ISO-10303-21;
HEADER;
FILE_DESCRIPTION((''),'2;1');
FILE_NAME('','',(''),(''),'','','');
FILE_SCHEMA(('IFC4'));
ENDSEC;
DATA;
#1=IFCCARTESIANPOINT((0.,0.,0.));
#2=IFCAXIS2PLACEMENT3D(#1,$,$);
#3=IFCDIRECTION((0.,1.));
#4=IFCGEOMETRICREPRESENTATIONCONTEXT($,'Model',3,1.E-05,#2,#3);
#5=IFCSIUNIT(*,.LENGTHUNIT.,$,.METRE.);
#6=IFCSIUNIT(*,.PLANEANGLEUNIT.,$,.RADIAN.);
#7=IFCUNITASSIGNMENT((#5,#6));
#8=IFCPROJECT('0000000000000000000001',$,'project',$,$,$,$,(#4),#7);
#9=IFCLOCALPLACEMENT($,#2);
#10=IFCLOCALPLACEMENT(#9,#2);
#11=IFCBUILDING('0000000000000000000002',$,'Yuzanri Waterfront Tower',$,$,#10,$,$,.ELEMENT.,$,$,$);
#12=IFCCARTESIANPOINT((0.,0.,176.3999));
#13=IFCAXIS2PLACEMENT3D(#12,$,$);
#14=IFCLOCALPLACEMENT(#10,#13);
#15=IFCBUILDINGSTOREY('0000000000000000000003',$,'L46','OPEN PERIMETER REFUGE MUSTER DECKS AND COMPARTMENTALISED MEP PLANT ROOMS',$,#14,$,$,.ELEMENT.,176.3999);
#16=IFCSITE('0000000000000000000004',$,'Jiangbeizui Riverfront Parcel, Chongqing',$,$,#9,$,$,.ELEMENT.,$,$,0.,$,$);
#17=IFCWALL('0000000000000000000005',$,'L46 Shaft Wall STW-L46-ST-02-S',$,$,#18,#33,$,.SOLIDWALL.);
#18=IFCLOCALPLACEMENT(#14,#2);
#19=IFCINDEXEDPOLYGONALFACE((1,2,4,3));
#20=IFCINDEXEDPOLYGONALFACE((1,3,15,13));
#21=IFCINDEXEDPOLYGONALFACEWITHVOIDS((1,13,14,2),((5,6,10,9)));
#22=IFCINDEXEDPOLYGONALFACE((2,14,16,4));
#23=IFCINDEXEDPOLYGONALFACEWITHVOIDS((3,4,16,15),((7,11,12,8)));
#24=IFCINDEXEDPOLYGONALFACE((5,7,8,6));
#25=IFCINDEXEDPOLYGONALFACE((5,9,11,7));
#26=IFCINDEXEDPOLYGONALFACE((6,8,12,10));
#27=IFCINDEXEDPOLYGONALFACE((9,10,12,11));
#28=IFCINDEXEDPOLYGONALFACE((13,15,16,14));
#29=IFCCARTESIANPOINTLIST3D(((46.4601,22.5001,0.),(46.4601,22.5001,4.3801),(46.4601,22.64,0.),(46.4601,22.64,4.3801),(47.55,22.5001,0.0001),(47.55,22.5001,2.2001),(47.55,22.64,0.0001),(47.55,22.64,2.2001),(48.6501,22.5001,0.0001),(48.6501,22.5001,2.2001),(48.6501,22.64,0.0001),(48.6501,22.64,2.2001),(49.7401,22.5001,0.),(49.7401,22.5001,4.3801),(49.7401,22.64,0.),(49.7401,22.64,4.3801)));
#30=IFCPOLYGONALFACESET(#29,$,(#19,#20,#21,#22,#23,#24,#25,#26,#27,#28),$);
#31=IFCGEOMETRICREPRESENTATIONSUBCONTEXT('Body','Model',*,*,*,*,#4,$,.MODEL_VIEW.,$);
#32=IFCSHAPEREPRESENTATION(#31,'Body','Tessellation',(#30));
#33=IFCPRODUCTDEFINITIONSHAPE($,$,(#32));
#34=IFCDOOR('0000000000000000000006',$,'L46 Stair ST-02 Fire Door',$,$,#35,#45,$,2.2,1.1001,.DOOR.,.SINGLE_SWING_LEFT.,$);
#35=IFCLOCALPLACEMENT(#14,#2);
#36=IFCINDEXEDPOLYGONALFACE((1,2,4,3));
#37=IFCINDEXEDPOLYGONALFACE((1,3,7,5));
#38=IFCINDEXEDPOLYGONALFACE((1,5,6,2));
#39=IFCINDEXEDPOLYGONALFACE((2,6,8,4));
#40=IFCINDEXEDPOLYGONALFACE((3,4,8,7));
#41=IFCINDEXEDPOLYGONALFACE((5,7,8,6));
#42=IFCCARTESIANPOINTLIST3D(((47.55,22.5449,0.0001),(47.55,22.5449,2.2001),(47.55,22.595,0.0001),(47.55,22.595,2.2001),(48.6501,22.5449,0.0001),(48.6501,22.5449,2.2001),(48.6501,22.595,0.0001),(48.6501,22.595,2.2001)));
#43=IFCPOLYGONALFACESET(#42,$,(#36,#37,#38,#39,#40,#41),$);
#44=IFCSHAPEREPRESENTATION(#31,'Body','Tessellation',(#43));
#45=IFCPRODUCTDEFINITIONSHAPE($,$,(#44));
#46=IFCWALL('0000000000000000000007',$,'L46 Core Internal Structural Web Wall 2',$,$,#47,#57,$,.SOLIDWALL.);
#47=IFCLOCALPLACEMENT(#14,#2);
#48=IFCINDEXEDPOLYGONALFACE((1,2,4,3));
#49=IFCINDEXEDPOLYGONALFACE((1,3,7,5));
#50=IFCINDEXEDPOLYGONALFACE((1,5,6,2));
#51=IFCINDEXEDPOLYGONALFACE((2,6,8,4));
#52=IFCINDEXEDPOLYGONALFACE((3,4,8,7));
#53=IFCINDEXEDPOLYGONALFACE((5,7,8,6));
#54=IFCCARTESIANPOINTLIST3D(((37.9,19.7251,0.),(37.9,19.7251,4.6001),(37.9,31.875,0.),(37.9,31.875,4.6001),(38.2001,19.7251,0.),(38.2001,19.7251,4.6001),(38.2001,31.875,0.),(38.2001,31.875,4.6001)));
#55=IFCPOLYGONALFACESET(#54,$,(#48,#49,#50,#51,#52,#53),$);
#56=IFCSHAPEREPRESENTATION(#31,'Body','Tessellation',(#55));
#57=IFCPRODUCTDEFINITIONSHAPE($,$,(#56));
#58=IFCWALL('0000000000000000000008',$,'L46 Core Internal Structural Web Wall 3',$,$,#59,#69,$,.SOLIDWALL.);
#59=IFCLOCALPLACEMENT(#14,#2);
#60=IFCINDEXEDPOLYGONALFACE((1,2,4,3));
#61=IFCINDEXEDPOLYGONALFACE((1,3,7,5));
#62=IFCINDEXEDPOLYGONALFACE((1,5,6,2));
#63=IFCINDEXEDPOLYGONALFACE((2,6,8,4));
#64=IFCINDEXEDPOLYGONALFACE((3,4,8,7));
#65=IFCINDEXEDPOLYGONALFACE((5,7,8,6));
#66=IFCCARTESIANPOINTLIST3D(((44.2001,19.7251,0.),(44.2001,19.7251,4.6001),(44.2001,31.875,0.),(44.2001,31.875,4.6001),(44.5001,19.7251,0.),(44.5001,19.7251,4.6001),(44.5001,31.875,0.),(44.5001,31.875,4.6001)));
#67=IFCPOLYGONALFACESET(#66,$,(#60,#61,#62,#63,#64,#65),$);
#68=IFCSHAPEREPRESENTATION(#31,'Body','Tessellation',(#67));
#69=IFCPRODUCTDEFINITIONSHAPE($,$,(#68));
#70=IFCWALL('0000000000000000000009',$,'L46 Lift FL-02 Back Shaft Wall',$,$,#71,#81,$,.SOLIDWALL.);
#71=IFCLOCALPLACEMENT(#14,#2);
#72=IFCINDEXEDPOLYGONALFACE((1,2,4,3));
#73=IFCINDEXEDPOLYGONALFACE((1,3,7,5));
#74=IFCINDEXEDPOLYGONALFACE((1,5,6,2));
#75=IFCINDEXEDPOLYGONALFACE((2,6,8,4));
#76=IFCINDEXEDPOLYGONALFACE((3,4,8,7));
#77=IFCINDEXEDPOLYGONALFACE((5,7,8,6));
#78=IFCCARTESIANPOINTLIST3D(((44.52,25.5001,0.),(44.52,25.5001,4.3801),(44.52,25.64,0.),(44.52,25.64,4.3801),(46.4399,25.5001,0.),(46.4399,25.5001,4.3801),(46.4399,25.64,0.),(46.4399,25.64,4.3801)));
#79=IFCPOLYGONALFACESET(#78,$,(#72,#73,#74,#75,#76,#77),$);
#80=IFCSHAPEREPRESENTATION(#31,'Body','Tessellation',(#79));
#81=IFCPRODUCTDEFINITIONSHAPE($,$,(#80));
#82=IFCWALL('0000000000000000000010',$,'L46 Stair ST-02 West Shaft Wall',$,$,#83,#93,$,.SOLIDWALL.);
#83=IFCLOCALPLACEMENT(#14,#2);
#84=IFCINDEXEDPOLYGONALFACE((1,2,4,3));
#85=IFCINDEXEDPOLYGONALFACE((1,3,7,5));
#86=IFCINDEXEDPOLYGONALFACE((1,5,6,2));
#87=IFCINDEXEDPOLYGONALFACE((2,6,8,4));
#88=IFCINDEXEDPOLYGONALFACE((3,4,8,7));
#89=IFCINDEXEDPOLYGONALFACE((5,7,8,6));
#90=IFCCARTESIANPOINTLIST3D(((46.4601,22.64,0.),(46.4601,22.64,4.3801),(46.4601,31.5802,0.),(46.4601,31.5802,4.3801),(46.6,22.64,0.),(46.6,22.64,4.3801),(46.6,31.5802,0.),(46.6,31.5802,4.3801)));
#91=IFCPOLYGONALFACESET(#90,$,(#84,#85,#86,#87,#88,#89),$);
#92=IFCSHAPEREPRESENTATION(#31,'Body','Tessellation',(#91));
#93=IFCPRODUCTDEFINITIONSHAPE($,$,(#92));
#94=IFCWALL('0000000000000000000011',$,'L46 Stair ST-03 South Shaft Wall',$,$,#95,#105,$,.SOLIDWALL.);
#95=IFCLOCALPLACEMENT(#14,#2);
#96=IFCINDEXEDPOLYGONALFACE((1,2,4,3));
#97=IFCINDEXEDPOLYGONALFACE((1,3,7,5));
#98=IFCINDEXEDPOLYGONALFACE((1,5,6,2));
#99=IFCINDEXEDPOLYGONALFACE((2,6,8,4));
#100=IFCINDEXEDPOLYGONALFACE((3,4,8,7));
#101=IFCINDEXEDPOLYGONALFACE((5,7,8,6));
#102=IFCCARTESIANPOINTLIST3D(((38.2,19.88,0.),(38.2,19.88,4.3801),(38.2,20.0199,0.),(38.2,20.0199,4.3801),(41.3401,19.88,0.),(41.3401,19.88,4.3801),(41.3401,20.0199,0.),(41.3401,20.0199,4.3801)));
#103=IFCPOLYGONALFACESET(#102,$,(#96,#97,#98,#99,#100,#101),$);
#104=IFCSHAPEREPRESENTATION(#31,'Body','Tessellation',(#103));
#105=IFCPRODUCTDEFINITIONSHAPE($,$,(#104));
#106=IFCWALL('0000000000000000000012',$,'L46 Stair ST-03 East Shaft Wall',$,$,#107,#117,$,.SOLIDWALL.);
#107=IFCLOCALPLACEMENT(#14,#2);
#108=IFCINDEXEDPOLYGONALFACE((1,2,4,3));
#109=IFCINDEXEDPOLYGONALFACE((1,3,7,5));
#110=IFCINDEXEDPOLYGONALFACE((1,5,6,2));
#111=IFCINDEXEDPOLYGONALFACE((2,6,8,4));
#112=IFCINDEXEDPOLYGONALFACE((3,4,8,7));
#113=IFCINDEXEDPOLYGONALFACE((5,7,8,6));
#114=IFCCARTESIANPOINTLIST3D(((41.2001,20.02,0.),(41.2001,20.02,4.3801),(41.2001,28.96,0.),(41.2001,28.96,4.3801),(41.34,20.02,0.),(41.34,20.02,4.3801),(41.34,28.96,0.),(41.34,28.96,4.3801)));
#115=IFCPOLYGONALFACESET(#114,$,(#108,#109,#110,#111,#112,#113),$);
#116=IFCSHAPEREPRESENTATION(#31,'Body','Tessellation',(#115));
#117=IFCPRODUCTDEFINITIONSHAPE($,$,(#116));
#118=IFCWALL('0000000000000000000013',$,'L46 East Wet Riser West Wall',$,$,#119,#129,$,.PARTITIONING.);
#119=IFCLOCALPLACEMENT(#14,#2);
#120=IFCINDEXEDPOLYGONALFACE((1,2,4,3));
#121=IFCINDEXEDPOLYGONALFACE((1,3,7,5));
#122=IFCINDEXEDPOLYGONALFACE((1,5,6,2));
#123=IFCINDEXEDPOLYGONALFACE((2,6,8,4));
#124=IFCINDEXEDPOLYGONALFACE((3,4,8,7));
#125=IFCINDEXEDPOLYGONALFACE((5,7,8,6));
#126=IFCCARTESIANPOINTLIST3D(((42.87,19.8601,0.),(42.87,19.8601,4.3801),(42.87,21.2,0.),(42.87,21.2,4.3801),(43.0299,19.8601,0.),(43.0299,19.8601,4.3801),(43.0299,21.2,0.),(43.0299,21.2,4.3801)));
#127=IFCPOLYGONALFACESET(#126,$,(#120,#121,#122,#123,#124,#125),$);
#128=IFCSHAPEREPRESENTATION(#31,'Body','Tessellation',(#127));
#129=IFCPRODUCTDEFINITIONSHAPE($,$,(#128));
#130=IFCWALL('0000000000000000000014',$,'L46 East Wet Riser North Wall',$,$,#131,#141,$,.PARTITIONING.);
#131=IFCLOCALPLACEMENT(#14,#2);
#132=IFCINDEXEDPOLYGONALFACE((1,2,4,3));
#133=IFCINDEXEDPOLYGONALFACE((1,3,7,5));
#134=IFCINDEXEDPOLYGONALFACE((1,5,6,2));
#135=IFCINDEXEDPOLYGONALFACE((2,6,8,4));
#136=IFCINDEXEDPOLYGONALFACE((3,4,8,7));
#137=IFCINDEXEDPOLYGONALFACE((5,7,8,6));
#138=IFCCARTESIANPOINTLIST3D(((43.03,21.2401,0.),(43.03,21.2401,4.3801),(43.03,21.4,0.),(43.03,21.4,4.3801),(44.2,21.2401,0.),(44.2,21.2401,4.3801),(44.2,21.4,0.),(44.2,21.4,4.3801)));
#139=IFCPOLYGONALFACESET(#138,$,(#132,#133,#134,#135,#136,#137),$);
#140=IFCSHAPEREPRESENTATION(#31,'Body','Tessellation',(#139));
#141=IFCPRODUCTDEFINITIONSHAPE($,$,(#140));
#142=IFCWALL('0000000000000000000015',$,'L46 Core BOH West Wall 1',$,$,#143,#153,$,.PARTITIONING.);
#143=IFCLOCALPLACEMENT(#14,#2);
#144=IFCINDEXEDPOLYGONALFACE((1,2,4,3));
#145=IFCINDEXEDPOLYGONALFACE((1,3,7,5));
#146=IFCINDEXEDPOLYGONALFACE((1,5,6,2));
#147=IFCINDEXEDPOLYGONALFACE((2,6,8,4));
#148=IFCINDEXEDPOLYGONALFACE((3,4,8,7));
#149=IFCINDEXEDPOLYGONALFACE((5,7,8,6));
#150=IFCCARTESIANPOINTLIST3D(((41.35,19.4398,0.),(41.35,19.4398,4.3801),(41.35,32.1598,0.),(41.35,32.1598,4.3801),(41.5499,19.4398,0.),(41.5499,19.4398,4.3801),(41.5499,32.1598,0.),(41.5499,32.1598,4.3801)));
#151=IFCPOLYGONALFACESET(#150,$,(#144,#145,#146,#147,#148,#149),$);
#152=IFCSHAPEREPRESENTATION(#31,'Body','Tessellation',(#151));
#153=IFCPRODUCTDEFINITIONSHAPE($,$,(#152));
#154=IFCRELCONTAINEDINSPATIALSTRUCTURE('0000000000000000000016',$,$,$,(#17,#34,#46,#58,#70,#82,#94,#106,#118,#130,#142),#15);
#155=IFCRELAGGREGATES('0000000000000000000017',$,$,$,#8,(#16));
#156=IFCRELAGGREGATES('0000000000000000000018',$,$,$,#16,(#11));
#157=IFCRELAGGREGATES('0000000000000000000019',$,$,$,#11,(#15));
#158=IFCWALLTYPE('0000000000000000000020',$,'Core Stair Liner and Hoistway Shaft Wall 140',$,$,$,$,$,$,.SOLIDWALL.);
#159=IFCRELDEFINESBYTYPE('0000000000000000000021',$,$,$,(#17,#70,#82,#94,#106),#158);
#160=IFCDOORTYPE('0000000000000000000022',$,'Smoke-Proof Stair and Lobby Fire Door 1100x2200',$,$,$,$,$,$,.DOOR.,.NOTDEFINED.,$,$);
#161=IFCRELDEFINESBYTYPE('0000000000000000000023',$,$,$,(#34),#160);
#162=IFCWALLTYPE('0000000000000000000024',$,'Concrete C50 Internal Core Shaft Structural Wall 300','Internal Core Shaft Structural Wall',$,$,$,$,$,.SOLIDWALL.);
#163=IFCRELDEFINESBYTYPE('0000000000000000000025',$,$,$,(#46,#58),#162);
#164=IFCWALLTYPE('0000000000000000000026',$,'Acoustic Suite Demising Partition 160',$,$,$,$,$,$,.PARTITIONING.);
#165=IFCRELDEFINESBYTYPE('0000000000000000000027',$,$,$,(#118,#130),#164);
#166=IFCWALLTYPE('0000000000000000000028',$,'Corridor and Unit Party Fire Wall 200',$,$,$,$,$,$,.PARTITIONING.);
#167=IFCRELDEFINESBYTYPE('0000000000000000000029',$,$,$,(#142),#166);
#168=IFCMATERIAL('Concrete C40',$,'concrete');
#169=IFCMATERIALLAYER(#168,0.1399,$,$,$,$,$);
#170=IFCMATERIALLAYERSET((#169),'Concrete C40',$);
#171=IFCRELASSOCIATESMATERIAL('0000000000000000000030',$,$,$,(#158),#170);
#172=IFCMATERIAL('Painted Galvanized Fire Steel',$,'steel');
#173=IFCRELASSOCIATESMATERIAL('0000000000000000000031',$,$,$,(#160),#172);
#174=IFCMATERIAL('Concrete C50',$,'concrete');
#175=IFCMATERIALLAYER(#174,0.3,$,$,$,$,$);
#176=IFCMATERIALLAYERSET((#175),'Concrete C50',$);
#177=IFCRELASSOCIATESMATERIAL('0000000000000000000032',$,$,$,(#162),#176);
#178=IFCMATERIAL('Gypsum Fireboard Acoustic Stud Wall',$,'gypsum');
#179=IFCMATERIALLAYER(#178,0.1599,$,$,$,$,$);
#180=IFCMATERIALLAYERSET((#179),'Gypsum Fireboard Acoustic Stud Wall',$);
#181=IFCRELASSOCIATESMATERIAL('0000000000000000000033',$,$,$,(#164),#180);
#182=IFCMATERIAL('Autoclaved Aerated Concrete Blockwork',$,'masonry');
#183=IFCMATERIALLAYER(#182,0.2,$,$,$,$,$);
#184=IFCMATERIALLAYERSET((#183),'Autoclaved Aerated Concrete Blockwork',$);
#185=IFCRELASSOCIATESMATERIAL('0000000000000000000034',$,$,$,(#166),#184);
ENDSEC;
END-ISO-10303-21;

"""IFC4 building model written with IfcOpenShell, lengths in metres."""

from ifc_helpers import new_model, si_unit, direction, frame, frame_2d, origin, place, context, subcontext, project, spatial, rectangle, extrude, source, transform, mapped, material, layer, layer_set, type_object, element, fill, save


model = new_model("IFC4")

# Units and contexts
model_context = context("Model", 3, precision=1e-05, world=origin(), true_north=direction((0.0, 1.0)))
body_context = subcontext(model_context, "Body", "Model", "MODEL_VIEW")
ifc_project = project(units=[si_unit("LENGTHUNIT", "METRE"), si_unit("PLANEANGLEUNIT", "RADIAN")], contexts=[model_context])

# Site, building, storey
site_placement = place(None, origin())
site = spatial("IfcSite", under=ifc_project, at=site_placement, Name="Jiangbeizui Riverfront Parcel, Chongqing", CompositionType="ELEMENT", RefElevation=0.0)
building_placement = place(site_placement, origin())
building = spatial("IfcBuilding", under=site, at=building_placement, Name="Yuzanri Waterfront Tower", CompositionType="ELEMENT")
storey_placement = place(building_placement, frame((0.0, 0.0, 176.3999)))
storey = spatial("IfcBuildingStorey", under=building, at=storey_placement, Name="L46", Description="OPEN PERIMETER REFUGE MUSTER DECKS AND COMPARTMENTALISED MEP PLANT ROOMS", CompositionType="ELEMENT", Elevation=176.3999)

# Wall, opening, door
ifc_material_1 = material(Name="Concrete C40", Category="concrete")
ifc_layer_1 = layer(ifc_material_1, 0.1399)
ifc_layer_set_1 = layer_set([ifc_layer_1], Name="Concrete C40")
wall_type_1 = type_object("IfcWallType", Name="Core Stair Liner and Hoistway Shaft Wall 140", PredefinedType="SOLIDWALL", material=ifc_layer_set_1)
wall_1_placement = place(storey_placement, frame((46.46, 22.5701, 0.0), z_axis=(0.0, 0.0, 1.0), x_axis=(1.0, 0.0, 0.0)))
wall_1 = element("IfcWall", 1, at=wall_1_placement, inside=storey, type_object=wall_type_1, Name="L46 Shaft Wall STW-L46-ST-02-S", PredefinedType="SOLIDWALL", context=body_context, shape_type="SweptSolid", body=[
    extrude(rectangle(XDim=3.28, YDim=0.1399, at=frame_2d((1.6401, 0.0))), origin(), (0.0, 0.0, 1.0), 4.3801),
])
opening_1_placement = place(wall_1_placement, frame((1.0901, 0.0, 0.0)))
opening_1 = element("IfcOpeningElement", 2, at=opening_1_placement, cuts=wall_1, PredefinedType="OPENING", context=body_context, shape_type="SweptSolid", body=[
    extrude(rectangle(XDim=1.1001, YDim=2.2, at=frame_2d((0.55, 1.1001))), frame((0.0, 0.085, 0.0), z_axis=(0.0, -1.0, 0.0), x_axis=(1.0, 0.0, 0.0)), (0.0, 0.0, 1.0), 0.1697),
])
ifc_material_2 = material(Name="Painted Galvanized Fire Steel", Category="steel")
door_type_1 = type_object("IfcDoorType", Name="Smoke-Proof Stair and Lobby Fire Door 1100x2200", OperationType="NOTDEFINED", PredefinedType="DOOR", material=ifc_material_2)
shared_shape_1 = source(origin(), body_context, "Body", "SweptSolid", [
    extrude(rectangle(XDim=1.1001, YDim=2.2, at=frame_2d((0.55, 1.1001))), frame((0.0, 0.0249, 0.0), z_axis=(0.0, -1.0, 0.0), x_axis=(1.0, 0.0, 0.0)), (0.0, 0.0, 1.0), 0.05),
])
door_1_placement = place(opening_1_placement, origin())
door_1 = element("IfcDoor", 3, at=door_1_placement, inside=storey, type_object=door_type_1, Name="L46 Stair ST-02 Fire Door", OperationType="SINGLE_SWING_LEFT", OverallHeight=2.2, OverallWidth=1.1001, PredefinedType="DOOR", context=body_context, shape_type="MappedRepresentation", body=[
    mapped(shared_shape_1, transform((0.0, 0.0, 0.0), scale=1.0)),
])
fill(opening_1, door_1)

# Walls
ifc_material_3 = material(Name="Concrete C50", Category="concrete")
ifc_layer_2 = layer(ifc_material_3, 0.3)
ifc_layer_set_2 = layer_set([ifc_layer_2], Name="Concrete C50")
wall_type_2 = type_object("IfcWallType", Name="Concrete C50 Internal Core Shaft Structural Wall 300", Description="Internal Core Shaft Structural Wall", PredefinedType="SOLIDWALL", material=ifc_layer_set_2)
shared_shape_2 = source(origin(), body_context, "Body", "SweptSolid", [
    extrude(rectangle(XDim=12.1499, YDim=0.3, at=frame_2d((6.075, 0.0))), origin(), (0.0, 0.0, 1.0), 4.6001),
])
for number, where, z_axis, x_axis, name in (
    (4, (38.05, 19.7251, 0.0), (0.0, 0.0, 1.0), (0.0, 1.0, 0.0), "L46 Core Internal Structural Web Wall 2"),
    (5, (44.3501, 19.7251, 0.0), (0.0, 0.0, 1.0), (0.0, 1.0, 0.0), "L46 Core Internal Structural Web Wall 3"),
):
    element("IfcWall", number, at=place(storey_placement, frame(where, z_axis=z_axis, x_axis=x_axis)), inside=storey, type_object=wall_type_2, Name=name, PredefinedType="SOLIDWALL", context=body_context, shape_type="MappedRepresentation", body=[
        mapped(shared_shape_2, transform((0.0, 0.0, 0.0), scale=1.0)),
    ])
shared_shape_3 = source(origin(), body_context, "Body", "SweptSolid", [
    extrude(rectangle(XDim=1.9199, YDim=0.1399, at=frame_2d((0.96, 0.0))), origin(), (0.0, 0.0, 1.0), 4.3801),
])
wall_2_placement = place(storey_placement, frame((44.52, 25.5701, 0.0), z_axis=(0.0, 0.0, 1.0), x_axis=(1.0, 0.0, 0.0)))
element("IfcWall", 6, at=wall_2_placement, inside=storey, type_object=wall_type_1, Name="L46 Lift FL-02 Back Shaft Wall", PredefinedType="SOLIDWALL", context=body_context, shape_type="MappedRepresentation", body=[
    mapped(shared_shape_3, transform((0.0, 0.0, 0.0), scale=1.0)),
])
shared_shape_4 = source(origin(), body_context, "Body", "SweptSolid", [
    extrude(rectangle(XDim=8.9402, YDim=0.1399, at=frame_2d((4.4702, 0.0))), origin(), (0.0, 0.0, 1.0), 4.3801),
])
wall_3_placement = place(storey_placement, frame((46.53, 22.6399, 0.0), z_axis=(0.0, 0.0, 1.0), x_axis=(0.0, 1.0, 0.0)))
element("IfcWall", 7, at=wall_3_placement, inside=storey, type_object=wall_type_1, Name="L46 Stair ST-02 West Shaft Wall", PredefinedType="SOLIDWALL", context=body_context, shape_type="MappedRepresentation", body=[
    mapped(shared_shape_4, transform((0.0, 0.0, 0.0), scale=1.0)),
])
shared_shape_5 = source(origin(), body_context, "Body", "SweptSolid", [
    extrude(rectangle(XDim=3.1401, YDim=0.1399, at=frame_2d((1.5701, 0.0))), origin(), (0.0, 0.0, 1.0), 4.3801),
])
wall_4_placement = place(storey_placement, frame((38.2, 19.95, 0.0), z_axis=(0.0, 0.0, 1.0), x_axis=(1.0, 0.0, 0.0)))
element("IfcWall", 8, at=wall_4_placement, inside=storey, type_object=wall_type_1, Name="L46 Stair ST-03 South Shaft Wall", PredefinedType="SOLIDWALL", context=body_context, shape_type="MappedRepresentation", body=[
    mapped(shared_shape_5, transform((0.0, 0.0, 0.0), scale=1.0)),
])
shared_shape_6 = source(origin(), body_context, "Body", "SweptSolid", [
    extrude(rectangle(XDim=8.9399, YDim=0.1399, at=frame_2d((4.47, 0.0))), origin(), (0.0, 0.0, 1.0), 4.3801),
])
wall_5_placement = place(storey_placement, frame((41.27, 20.02, 0.0), z_axis=(0.0, 0.0, 1.0), x_axis=(0.0, 1.0, 0.0)))
element("IfcWall", 9, at=wall_5_placement, inside=storey, type_object=wall_type_1, Name="L46 Stair ST-03 East Shaft Wall", PredefinedType="SOLIDWALL", context=body_context, shape_type="MappedRepresentation", body=[
    mapped(shared_shape_6, transform((0.0, 0.0, 0.0), scale=1.0)),
])
ifc_material_4 = material(Name="Gypsum Fireboard Acoustic Stud Wall", Category="gypsum")
ifc_layer_3 = layer(ifc_material_4, 0.1599)
ifc_layer_set_3 = layer_set([ifc_layer_3], Name="Gypsum Fireboard Acoustic Stud Wall")
wall_type_3 = type_object("IfcWallType", Name="Acoustic Suite Demising Partition 160", PredefinedType="PARTITIONING", material=ifc_layer_set_3)
shared_shape_7 = source(origin(), body_context, "Body", "SweptSolid", [
    extrude(rectangle(XDim=1.3398, YDim=0.1599, at=frame_2d((0.6699, 0.0))), origin(), (0.0, 0.0, 1.0), 4.3801),
])
wall_6_placement = place(storey_placement, frame((42.95, 19.8601, 0.0), z_axis=(0.0, 0.0, 1.0), x_axis=(0.0, 1.0, 0.0)))
element("IfcWall", 10, at=wall_6_placement, inside=storey, type_object=wall_type_3, Name="L46 East Wet Riser West Wall", PredefinedType="PARTITIONING", context=body_context, shape_type="MappedRepresentation", body=[
    mapped(shared_shape_7, transform((0.0, 0.0, 0.0), scale=1.0)),
])
shared_shape_8 = source(origin(), body_context, "Body", "SweptSolid", [
    extrude(rectangle(XDim=1.1699, YDim=0.1599, at=frame_2d((0.585, 0.0))), origin(), (0.0, 0.0, 1.0), 4.3801),
])
wall_7_placement = place(storey_placement, frame((43.03, 21.3201, 0.0), z_axis=(0.0, 0.0, 1.0), x_axis=(1.0, 0.0, 0.0)))
element("IfcWall", 11, at=wall_7_placement, inside=storey, type_object=wall_type_3, Name="L46 East Wet Riser North Wall", PredefinedType="PARTITIONING", context=body_context, shape_type="MappedRepresentation", body=[
    mapped(shared_shape_8, transform((0.0, 0.0, 0.0), scale=1.0)),
])
ifc_material_5 = material(Name="Autoclaved Aerated Concrete Blockwork", Category="masonry")
ifc_layer_4 = layer(ifc_material_5, 0.2)
ifc_layer_set_4 = layer_set([ifc_layer_4], Name="Autoclaved Aerated Concrete Blockwork")
wall_type_4 = type_object("IfcWallType", Name="Corridor and Unit Party Fire Wall 200", PredefinedType="PARTITIONING", material=ifc_layer_set_4)
shared_shape_9 = source(origin(), body_context, "Body", "SweptSolid", [
    extrude(rectangle(XDim=12.72, YDim=0.2, at=frame_2d((6.3599, 0.0))), origin(), (0.0, 0.0, 1.0), 4.3801),
])
wall_8_placement = place(storey_placement, frame((41.45, 19.4399, 0.0), z_axis=(0.0, 0.0, 1.0), x_axis=(0.0, 1.0, 0.0)))
element("IfcWall", 12, at=wall_8_placement, inside=storey, type_object=wall_type_4, Name="L46 Core BOH West Wall 1", PredefinedType="PARTITIONING", context=body_context, shape_type="MappedRepresentation", body=[
    mapped(shared_shape_9, transform((0.0, 0.0, 0.0), scale=1.0)),
])

save(model, "model.ifc")
